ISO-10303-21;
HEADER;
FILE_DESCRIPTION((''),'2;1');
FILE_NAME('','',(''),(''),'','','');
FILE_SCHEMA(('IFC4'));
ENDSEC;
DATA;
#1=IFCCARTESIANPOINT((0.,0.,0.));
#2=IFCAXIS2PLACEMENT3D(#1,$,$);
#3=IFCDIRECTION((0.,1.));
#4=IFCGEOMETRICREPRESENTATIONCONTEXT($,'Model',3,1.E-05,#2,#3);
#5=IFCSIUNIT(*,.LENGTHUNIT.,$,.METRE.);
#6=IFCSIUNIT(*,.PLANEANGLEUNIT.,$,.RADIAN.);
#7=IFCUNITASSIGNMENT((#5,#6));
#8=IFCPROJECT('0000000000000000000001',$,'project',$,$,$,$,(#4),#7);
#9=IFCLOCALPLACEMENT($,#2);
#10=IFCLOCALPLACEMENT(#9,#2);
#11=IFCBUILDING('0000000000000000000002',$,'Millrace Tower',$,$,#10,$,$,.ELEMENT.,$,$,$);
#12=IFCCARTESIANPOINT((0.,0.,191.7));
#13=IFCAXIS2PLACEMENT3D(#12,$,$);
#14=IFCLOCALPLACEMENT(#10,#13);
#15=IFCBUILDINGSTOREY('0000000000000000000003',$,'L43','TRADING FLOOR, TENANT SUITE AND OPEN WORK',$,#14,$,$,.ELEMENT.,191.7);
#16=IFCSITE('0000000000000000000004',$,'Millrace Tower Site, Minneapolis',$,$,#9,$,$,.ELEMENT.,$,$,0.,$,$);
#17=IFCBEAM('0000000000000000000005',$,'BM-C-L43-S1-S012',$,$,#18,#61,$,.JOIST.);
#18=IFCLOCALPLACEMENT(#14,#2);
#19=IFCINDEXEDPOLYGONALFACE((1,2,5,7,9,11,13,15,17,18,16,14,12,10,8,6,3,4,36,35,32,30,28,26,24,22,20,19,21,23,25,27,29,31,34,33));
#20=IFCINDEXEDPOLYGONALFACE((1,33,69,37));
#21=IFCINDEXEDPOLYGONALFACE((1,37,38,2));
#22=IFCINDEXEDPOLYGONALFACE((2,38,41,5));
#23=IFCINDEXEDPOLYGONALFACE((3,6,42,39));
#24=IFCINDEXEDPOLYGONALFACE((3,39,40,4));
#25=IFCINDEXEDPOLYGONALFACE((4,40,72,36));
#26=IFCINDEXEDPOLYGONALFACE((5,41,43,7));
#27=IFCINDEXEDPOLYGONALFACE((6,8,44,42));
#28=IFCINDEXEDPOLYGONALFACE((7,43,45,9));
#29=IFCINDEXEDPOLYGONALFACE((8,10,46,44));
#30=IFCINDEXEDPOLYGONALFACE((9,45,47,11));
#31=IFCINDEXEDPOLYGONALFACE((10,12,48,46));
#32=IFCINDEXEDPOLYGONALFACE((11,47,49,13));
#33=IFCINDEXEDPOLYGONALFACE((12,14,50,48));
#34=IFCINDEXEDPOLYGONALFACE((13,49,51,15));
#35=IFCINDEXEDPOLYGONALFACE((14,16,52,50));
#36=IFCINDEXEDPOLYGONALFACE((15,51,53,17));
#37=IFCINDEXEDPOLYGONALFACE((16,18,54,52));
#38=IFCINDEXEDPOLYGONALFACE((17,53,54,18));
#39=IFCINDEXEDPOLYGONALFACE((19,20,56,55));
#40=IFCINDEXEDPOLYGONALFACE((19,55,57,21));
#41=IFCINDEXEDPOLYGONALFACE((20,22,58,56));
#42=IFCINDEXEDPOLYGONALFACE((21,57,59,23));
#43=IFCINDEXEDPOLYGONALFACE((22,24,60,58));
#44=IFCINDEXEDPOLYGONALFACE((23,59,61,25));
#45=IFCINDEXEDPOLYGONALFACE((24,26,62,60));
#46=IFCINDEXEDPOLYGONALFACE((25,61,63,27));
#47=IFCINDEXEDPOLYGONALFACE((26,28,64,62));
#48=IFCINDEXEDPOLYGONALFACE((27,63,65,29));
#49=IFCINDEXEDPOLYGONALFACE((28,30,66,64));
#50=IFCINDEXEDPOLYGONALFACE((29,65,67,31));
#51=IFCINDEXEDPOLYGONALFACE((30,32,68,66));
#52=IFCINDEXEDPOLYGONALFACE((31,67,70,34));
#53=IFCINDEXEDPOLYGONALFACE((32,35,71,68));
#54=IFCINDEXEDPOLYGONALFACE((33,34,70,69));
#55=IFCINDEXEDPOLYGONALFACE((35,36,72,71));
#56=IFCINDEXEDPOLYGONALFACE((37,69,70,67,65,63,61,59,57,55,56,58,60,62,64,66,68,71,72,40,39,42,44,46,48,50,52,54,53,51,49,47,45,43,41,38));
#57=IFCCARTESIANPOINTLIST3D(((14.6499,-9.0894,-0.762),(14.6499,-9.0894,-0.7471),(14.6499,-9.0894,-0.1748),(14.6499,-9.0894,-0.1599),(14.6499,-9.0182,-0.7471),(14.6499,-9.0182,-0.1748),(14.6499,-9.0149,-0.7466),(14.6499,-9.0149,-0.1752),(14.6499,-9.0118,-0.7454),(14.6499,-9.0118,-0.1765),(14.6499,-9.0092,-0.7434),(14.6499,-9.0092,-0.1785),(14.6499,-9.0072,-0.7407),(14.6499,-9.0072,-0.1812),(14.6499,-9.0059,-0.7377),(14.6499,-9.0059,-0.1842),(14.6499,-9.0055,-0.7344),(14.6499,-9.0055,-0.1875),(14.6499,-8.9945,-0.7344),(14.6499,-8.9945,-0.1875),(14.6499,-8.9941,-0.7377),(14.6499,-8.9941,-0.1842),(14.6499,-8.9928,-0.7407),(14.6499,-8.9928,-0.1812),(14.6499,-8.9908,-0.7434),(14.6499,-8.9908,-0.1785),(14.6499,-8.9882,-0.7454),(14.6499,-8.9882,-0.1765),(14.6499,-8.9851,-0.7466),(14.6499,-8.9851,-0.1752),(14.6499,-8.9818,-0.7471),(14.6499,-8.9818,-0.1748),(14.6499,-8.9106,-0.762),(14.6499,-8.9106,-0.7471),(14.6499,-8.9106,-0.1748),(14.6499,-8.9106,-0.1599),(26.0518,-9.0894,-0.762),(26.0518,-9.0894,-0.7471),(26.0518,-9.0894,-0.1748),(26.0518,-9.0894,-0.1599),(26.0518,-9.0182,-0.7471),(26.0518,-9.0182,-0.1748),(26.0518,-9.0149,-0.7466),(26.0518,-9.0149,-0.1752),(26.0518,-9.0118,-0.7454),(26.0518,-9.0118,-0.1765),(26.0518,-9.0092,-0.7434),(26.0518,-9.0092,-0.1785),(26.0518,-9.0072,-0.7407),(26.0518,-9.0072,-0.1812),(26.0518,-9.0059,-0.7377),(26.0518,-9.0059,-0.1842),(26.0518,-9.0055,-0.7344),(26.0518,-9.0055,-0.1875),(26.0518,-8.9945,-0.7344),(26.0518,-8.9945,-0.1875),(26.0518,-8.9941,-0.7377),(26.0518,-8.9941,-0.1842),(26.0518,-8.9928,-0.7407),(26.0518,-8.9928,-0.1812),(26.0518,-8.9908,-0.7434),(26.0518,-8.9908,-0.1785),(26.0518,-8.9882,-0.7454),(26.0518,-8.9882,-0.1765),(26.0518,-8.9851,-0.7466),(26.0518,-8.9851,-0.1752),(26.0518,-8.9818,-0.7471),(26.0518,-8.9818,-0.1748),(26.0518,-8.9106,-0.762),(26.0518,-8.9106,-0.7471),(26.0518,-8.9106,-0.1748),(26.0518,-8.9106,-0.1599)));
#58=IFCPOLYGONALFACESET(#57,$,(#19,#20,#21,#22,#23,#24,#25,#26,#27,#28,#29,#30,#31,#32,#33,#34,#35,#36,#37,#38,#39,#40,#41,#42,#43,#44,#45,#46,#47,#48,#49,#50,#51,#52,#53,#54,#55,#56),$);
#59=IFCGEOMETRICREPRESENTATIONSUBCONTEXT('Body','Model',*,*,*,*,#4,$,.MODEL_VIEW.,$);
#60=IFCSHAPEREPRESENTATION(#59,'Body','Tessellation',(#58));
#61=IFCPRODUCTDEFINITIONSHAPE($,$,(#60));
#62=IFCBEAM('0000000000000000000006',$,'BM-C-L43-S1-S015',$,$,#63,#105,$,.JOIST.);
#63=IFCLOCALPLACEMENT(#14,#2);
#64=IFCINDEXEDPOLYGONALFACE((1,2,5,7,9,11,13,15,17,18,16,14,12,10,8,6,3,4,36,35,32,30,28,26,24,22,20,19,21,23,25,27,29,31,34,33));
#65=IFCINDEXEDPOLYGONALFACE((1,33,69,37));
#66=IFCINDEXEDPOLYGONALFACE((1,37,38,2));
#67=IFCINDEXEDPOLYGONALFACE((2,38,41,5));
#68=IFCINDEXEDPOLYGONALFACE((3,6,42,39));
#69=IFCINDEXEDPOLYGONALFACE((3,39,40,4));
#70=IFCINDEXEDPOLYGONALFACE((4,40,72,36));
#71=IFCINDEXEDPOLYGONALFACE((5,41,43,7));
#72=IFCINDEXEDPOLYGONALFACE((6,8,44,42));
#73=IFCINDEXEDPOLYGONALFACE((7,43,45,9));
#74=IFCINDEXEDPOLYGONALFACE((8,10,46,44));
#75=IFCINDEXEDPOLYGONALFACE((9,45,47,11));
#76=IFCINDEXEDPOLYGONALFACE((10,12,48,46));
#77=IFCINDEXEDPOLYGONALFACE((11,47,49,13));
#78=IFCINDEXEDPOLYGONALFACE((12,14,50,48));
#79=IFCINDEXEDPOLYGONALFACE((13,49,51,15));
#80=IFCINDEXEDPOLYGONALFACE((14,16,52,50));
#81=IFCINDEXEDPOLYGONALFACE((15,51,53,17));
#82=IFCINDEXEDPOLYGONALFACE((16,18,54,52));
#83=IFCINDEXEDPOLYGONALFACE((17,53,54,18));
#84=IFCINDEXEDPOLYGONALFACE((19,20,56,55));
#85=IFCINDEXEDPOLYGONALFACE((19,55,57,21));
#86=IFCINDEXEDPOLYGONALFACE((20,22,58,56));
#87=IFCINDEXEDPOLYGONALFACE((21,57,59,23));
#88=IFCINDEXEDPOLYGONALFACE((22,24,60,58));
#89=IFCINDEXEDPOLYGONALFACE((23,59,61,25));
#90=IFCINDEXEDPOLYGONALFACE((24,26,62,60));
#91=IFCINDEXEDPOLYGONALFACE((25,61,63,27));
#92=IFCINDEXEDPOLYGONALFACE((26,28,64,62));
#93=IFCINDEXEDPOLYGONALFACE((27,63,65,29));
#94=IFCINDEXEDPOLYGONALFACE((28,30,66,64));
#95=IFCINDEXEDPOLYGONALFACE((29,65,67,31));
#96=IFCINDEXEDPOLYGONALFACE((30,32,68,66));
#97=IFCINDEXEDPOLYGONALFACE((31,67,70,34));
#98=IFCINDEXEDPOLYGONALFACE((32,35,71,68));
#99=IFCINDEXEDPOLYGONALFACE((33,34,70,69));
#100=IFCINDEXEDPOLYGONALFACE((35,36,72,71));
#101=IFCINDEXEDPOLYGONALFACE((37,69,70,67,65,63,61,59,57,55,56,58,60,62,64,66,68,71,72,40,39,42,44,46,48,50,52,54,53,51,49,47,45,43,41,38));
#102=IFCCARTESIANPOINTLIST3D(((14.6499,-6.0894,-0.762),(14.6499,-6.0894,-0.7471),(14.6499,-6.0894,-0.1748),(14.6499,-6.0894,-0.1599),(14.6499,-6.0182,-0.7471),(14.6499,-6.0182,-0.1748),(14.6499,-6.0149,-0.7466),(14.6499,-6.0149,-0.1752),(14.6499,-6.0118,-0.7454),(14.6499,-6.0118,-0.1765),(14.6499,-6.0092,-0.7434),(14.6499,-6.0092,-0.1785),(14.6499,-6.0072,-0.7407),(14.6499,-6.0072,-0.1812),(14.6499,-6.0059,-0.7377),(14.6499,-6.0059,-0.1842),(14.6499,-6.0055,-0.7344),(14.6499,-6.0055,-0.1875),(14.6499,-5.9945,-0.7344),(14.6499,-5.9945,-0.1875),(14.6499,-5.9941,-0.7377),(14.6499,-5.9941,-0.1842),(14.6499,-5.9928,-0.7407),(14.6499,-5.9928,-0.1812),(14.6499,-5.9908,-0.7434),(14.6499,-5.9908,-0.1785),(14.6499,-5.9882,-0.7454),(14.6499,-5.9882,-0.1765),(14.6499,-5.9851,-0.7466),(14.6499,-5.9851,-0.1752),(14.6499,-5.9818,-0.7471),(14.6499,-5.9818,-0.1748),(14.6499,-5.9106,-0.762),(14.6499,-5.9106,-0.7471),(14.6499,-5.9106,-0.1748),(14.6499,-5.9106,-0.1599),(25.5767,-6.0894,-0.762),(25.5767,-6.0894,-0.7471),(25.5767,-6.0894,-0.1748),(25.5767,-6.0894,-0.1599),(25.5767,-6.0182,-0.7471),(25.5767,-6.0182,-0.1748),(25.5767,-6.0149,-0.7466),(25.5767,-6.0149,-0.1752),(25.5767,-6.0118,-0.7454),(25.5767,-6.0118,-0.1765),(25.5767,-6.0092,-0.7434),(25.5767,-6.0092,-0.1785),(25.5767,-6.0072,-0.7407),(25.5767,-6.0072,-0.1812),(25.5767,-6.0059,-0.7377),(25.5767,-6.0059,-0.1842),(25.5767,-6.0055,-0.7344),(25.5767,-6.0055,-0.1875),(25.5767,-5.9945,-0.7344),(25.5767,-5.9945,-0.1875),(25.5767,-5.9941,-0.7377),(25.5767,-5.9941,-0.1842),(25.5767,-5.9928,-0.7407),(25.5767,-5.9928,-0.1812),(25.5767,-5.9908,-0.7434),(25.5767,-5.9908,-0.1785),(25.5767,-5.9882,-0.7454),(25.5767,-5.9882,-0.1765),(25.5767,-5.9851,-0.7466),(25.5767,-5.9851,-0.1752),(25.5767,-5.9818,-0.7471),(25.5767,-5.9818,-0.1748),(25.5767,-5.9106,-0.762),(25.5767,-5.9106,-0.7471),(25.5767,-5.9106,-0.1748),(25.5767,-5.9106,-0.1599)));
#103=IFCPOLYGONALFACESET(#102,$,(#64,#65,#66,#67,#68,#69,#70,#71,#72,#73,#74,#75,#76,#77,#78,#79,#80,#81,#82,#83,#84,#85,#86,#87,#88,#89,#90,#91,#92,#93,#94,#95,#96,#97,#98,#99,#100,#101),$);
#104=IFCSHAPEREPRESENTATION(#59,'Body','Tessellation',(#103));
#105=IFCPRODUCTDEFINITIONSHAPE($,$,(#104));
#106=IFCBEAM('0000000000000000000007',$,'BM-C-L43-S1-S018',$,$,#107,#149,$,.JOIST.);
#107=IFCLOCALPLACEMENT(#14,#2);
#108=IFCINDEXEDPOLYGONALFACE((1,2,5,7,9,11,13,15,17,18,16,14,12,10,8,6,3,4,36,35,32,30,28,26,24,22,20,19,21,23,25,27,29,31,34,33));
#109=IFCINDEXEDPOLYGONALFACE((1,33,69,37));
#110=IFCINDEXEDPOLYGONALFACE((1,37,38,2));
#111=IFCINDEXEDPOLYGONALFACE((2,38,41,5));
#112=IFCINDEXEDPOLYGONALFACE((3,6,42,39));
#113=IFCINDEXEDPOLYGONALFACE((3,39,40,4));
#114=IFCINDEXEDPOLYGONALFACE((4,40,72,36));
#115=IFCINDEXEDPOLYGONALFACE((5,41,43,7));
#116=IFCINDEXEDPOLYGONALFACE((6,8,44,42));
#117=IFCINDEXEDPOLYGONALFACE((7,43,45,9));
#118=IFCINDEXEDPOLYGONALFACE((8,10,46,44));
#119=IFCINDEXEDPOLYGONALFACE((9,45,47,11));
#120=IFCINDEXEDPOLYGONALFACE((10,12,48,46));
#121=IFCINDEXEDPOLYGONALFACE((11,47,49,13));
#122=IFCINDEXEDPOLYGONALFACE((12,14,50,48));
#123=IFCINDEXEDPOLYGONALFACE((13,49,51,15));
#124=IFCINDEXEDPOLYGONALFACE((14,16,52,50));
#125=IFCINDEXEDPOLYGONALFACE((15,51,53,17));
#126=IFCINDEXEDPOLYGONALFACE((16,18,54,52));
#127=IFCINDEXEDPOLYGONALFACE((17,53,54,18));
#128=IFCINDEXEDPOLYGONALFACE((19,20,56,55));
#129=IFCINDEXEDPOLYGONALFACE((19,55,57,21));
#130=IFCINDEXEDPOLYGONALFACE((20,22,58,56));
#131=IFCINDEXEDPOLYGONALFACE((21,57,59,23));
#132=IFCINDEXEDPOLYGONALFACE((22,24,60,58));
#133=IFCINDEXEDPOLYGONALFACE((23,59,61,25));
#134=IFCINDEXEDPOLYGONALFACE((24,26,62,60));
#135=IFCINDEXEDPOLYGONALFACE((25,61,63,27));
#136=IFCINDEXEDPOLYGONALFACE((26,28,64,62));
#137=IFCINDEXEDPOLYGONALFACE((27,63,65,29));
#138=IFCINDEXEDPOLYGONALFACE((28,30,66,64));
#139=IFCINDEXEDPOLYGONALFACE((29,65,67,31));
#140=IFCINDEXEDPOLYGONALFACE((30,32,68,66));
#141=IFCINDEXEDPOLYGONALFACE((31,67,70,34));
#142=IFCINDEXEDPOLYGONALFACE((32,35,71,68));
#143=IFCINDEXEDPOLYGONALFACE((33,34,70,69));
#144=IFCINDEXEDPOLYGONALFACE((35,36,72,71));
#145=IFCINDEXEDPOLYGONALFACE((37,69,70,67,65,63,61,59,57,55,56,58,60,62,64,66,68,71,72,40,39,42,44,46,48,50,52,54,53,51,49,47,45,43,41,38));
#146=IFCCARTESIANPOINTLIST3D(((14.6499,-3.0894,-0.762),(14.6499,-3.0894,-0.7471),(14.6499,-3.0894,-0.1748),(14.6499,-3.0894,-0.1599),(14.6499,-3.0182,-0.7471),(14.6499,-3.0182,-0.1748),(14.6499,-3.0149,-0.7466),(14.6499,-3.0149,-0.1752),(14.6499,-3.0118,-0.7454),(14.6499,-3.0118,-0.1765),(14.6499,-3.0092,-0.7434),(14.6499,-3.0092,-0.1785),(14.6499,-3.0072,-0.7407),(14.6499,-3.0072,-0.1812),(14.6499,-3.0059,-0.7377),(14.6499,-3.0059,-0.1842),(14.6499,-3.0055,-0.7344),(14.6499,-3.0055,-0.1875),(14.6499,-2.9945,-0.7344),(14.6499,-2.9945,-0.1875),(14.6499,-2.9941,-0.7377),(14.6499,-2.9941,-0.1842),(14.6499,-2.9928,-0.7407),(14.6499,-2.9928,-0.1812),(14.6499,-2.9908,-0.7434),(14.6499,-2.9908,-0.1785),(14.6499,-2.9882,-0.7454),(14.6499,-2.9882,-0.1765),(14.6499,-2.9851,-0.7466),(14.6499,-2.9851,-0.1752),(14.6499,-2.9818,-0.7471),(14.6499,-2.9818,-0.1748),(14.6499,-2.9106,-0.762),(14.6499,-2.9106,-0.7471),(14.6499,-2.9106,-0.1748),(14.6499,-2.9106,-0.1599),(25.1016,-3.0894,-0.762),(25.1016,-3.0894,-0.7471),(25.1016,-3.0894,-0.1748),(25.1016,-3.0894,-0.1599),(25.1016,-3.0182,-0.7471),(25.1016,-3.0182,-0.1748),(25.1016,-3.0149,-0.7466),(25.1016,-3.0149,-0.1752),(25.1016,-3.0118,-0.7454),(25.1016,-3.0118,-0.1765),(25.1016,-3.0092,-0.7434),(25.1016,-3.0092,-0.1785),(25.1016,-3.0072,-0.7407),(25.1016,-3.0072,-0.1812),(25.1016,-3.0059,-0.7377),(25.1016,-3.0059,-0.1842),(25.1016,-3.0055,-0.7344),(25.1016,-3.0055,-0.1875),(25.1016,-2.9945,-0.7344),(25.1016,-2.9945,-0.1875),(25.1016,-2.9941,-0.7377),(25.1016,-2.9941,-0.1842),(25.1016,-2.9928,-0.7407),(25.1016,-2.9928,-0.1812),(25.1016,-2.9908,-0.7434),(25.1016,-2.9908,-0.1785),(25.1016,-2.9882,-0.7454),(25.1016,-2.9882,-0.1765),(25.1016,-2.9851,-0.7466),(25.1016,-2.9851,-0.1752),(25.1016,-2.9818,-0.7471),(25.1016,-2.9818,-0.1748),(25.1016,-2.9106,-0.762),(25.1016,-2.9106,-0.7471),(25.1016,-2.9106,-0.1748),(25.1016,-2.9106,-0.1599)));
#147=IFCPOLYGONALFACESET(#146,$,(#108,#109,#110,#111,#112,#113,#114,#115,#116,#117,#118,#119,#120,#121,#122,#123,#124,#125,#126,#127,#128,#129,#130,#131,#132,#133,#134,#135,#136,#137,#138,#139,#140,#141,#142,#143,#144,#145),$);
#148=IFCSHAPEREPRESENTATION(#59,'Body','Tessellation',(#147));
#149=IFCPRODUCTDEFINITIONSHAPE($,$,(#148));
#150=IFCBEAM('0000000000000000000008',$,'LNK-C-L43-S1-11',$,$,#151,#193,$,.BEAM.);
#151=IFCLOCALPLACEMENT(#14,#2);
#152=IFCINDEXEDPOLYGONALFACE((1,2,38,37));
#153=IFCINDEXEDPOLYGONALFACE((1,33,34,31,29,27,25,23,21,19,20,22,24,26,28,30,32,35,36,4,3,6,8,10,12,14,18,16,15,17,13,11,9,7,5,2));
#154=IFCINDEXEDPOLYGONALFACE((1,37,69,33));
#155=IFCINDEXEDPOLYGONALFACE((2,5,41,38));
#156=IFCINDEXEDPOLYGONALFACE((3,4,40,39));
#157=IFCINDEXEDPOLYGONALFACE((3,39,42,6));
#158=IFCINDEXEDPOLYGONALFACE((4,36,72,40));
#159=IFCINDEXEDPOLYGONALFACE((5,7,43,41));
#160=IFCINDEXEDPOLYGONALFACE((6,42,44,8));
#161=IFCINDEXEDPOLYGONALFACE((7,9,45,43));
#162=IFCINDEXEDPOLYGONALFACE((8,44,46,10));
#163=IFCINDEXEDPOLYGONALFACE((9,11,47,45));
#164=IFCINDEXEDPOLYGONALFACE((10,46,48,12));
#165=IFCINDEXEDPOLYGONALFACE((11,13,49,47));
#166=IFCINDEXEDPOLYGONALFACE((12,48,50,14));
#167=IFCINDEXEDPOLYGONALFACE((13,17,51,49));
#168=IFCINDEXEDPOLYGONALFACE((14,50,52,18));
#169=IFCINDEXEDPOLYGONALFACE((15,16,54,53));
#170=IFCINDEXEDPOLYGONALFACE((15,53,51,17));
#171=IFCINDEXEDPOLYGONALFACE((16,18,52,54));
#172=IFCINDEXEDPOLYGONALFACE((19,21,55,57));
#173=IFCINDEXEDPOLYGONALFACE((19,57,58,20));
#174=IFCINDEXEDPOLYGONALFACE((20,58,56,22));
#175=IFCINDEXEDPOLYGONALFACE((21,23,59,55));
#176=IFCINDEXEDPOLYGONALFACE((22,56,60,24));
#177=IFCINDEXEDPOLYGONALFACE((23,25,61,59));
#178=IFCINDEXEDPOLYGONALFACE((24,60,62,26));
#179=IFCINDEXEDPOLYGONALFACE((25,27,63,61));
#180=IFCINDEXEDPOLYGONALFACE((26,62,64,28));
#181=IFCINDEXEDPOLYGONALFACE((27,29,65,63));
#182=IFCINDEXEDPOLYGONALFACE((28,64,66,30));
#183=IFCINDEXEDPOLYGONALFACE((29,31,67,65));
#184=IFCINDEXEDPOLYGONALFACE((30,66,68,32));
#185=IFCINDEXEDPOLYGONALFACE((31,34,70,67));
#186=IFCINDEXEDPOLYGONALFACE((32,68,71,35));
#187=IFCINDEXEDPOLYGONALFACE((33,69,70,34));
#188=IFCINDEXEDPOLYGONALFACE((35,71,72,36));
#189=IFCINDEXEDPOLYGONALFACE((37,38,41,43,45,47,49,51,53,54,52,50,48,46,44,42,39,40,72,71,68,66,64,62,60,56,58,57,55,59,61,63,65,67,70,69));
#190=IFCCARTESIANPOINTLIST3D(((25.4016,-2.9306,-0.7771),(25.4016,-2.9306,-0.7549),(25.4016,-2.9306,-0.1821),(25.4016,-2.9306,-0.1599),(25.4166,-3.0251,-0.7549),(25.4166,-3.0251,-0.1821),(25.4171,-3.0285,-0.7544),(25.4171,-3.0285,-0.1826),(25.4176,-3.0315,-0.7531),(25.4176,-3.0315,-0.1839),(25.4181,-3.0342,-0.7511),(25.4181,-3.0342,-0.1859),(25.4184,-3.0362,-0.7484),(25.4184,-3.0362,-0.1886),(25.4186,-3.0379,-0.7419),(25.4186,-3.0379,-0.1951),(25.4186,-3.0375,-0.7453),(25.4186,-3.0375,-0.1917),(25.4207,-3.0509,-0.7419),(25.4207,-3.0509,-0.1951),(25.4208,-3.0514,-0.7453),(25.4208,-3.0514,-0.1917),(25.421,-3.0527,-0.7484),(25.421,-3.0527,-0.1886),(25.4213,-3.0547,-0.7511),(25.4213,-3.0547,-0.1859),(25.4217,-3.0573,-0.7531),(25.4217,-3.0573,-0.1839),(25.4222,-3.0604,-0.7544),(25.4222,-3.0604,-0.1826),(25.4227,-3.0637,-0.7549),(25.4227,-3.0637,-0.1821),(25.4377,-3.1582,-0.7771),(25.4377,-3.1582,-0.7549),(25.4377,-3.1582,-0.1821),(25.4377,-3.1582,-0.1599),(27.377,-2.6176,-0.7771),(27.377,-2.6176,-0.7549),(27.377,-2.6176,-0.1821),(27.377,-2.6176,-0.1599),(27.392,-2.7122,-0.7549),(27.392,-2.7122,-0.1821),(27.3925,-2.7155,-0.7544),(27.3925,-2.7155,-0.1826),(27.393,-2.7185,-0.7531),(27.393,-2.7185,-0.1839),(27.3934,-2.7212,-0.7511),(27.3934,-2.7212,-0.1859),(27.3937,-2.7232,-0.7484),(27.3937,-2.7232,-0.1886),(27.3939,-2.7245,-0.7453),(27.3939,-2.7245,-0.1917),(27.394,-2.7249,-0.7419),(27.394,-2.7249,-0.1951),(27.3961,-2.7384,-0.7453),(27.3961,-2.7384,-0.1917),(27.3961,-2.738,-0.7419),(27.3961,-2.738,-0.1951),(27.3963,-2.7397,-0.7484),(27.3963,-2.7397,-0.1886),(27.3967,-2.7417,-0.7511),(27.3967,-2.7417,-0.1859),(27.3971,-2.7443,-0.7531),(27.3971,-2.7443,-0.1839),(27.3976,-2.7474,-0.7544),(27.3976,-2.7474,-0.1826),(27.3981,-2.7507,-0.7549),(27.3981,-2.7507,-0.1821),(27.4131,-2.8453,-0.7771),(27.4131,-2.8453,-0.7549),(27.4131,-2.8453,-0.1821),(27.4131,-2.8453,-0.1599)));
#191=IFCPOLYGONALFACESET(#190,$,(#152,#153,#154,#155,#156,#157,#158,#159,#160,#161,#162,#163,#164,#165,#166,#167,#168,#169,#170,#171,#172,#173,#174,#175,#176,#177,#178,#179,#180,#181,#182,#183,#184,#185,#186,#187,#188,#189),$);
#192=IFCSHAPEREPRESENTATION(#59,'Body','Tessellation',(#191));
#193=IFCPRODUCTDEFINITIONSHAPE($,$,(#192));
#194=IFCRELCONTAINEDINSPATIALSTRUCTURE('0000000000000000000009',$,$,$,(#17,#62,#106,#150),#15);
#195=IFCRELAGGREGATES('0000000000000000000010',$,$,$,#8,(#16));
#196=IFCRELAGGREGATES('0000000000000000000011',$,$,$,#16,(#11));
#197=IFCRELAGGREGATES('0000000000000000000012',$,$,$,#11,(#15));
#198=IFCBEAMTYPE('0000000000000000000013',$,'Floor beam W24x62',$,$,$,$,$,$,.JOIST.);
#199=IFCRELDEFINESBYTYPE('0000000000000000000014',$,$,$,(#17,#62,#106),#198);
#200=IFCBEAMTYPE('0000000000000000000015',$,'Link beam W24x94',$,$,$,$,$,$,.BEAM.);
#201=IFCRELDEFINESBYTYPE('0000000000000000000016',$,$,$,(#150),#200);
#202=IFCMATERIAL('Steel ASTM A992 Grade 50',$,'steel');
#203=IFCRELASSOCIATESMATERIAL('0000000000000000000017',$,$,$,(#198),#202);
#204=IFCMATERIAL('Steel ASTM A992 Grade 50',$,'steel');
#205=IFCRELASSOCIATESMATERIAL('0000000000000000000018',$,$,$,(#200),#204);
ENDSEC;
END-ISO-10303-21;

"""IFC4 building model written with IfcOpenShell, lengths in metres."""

from ifc_helpers import new_model, si_unit, direction, frame, origin, origin_2d, place, context, subcontext, project, spatial, i_section, extrude, material, material_profile, profile_set, type_object, element, save


model = new_model("IFC4")

# Units and contexts
model_context = context("Model", 3, precision=1e-05, world=origin(), true_north=direction((0.0, 1.0)))
body_context = subcontext(model_context, "Body", "Model", "MODEL_VIEW")
ifc_project = project(units=[si_unit("LENGTHUNIT", "METRE"), si_unit("PLANEANGLEUNIT", "RADIAN")], contexts=[model_context])

# Site, building, storey
site_placement = place(None, origin())
site = spatial("IfcSite", under=ifc_project, at=site_placement, Name="Millrace Tower Site, Minneapolis", CompositionType="ELEMENT", RefElevation=0.0)
building_placement = place(site_placement, origin())
building = spatial("IfcBuilding", under=site, at=building_placement, Name="Millrace Tower", CompositionType="ELEMENT")
storey_placement = place(building_placement, frame((0.0, 0.0, 191.7)))
storey = spatial("IfcBuildingStorey", under=building, at=storey_placement, Name="L43", Description="TRADING FLOOR, TENANT SUITE AND OPEN WORK", CompositionType="ELEMENT", Elevation=191.7)

# Beams
ifc_material_1 = material(Name="Steel ASTM A992 Grade 50", Category="steel")
ifc_material_profile_1 = material_profile(ifc_material_1, i_section(OverallWidth=0.1787, OverallDepth=0.6021, WebThickness=0.011, FlangeThickness=0.0149, FilletRadius=0.0127, at=origin_2d()))
ifc_profile_set_1 = profile_set([ifc_material_profile_1], Name="Steel ASTM A992 Grade 50")
beam_type_1 = type_object("IfcBeamType", Name="Floor beam W24x62", PredefinedType="JOIST", material=ifc_profile_set_1)
beam_1_placement = place(storey_placement, frame((14.6499, -9.0, -0.4609), z_axis=(1.0, 0.0, 0.0), x_axis=(0.0, 1.0, 0.0)))
element("IfcBeam", 1, at=beam_1_placement, inside=storey, type_object=beam_type_1, Name="BM-C-L43-S1-S012", PredefinedType="JOIST", context=body_context, shape_type="SweptSolid", body=[
    extrude(i_section(OverallWidth=0.1787, OverallDepth=0.6021, WebThickness=0.011, FlangeThickness=0.0149, FilletRadius=0.0127, at=origin_2d()), origin(), (0.0, 0.0, 1.0), 11.4019),
])
beam_2_placement = place(storey_placement, frame((14.6499, -6.0, -0.4609), z_axis=(1.0, 0.0, 0.0), x_axis=(0.0, 1.0, 0.0)))
element("IfcBeam", 2, at=beam_2_placement, inside=storey, type_object=beam_type_1, Name="BM-C-L43-S1-S015", PredefinedType="JOIST", context=body_context, shape_type="SweptSolid", body=[
    extrude(i_section(OverallWidth=0.1787, OverallDepth=0.6021, WebThickness=0.011, FlangeThickness=0.0149, FilletRadius=0.0127, at=origin_2d()), origin(), (0.0, 0.0, 1.0), 10.9268),
])
beam_3_placement = place(storey_placement, frame((14.6499, -3.0, -0.4609), z_axis=(1.0, 0.0, 0.0), x_axis=(0.0, 1.0, 0.0)))
element("IfcBeam", 3, at=beam_3_placement, inside=storey, type_object=beam_type_1, Name="BM-C-L43-S1-S018", PredefinedType="JOIST", context=body_context, shape_type="SweptSolid", body=[
    extrude(i_section(OverallWidth=0.1787, OverallDepth=0.6021, WebThickness=0.011, FlangeThickness=0.0149, FilletRadius=0.0127, at=origin_2d()), origin(), (0.0, 0.0, 1.0), 10.4517),
])
ifc_material_2 = material(Name="Steel ASTM A992 Grade 50", Category="steel")
ifc_material_profile_2 = material_profile(ifc_material_2, i_section(OverallWidth=0.2305, OverallDepth=0.6172, WebThickness=0.0132, FlangeThickness=0.0222, FilletRadius=0.0129, at=origin_2d()))
ifc_profile_set_2 = profile_set([ifc_material_profile_2], Name="Steel ASTM A992 Grade 50")
beam_type_2 = type_object("IfcBeamType", Name="Link beam W24x94", PredefinedType="BEAM", material=ifc_profile_set_2)
beam_4_placement = place(storey_placement, frame((25.4197, -3.0444, -0.4685), z_axis=(0.987679, 0.156495, 0.0), x_axis=(-0.156495, 0.987679, 0.0)))
element("IfcBeam", 4, at=beam_4_placement, inside=storey, type_object=beam_type_2, Name="LNK-C-L43-S1-11", PredefinedType="BEAM", context=body_context, shape_type="SweptSolid", body=[
    extrude(i_section(OverallWidth=0.2305, OverallDepth=0.6172, WebThickness=0.0132, FlangeThickness=0.0222, FilletRadius=0.0129, at=origin_2d()), origin(), (0.0, 0.0, 1.0), 2.0),
])

save(model, "model.ifc")
